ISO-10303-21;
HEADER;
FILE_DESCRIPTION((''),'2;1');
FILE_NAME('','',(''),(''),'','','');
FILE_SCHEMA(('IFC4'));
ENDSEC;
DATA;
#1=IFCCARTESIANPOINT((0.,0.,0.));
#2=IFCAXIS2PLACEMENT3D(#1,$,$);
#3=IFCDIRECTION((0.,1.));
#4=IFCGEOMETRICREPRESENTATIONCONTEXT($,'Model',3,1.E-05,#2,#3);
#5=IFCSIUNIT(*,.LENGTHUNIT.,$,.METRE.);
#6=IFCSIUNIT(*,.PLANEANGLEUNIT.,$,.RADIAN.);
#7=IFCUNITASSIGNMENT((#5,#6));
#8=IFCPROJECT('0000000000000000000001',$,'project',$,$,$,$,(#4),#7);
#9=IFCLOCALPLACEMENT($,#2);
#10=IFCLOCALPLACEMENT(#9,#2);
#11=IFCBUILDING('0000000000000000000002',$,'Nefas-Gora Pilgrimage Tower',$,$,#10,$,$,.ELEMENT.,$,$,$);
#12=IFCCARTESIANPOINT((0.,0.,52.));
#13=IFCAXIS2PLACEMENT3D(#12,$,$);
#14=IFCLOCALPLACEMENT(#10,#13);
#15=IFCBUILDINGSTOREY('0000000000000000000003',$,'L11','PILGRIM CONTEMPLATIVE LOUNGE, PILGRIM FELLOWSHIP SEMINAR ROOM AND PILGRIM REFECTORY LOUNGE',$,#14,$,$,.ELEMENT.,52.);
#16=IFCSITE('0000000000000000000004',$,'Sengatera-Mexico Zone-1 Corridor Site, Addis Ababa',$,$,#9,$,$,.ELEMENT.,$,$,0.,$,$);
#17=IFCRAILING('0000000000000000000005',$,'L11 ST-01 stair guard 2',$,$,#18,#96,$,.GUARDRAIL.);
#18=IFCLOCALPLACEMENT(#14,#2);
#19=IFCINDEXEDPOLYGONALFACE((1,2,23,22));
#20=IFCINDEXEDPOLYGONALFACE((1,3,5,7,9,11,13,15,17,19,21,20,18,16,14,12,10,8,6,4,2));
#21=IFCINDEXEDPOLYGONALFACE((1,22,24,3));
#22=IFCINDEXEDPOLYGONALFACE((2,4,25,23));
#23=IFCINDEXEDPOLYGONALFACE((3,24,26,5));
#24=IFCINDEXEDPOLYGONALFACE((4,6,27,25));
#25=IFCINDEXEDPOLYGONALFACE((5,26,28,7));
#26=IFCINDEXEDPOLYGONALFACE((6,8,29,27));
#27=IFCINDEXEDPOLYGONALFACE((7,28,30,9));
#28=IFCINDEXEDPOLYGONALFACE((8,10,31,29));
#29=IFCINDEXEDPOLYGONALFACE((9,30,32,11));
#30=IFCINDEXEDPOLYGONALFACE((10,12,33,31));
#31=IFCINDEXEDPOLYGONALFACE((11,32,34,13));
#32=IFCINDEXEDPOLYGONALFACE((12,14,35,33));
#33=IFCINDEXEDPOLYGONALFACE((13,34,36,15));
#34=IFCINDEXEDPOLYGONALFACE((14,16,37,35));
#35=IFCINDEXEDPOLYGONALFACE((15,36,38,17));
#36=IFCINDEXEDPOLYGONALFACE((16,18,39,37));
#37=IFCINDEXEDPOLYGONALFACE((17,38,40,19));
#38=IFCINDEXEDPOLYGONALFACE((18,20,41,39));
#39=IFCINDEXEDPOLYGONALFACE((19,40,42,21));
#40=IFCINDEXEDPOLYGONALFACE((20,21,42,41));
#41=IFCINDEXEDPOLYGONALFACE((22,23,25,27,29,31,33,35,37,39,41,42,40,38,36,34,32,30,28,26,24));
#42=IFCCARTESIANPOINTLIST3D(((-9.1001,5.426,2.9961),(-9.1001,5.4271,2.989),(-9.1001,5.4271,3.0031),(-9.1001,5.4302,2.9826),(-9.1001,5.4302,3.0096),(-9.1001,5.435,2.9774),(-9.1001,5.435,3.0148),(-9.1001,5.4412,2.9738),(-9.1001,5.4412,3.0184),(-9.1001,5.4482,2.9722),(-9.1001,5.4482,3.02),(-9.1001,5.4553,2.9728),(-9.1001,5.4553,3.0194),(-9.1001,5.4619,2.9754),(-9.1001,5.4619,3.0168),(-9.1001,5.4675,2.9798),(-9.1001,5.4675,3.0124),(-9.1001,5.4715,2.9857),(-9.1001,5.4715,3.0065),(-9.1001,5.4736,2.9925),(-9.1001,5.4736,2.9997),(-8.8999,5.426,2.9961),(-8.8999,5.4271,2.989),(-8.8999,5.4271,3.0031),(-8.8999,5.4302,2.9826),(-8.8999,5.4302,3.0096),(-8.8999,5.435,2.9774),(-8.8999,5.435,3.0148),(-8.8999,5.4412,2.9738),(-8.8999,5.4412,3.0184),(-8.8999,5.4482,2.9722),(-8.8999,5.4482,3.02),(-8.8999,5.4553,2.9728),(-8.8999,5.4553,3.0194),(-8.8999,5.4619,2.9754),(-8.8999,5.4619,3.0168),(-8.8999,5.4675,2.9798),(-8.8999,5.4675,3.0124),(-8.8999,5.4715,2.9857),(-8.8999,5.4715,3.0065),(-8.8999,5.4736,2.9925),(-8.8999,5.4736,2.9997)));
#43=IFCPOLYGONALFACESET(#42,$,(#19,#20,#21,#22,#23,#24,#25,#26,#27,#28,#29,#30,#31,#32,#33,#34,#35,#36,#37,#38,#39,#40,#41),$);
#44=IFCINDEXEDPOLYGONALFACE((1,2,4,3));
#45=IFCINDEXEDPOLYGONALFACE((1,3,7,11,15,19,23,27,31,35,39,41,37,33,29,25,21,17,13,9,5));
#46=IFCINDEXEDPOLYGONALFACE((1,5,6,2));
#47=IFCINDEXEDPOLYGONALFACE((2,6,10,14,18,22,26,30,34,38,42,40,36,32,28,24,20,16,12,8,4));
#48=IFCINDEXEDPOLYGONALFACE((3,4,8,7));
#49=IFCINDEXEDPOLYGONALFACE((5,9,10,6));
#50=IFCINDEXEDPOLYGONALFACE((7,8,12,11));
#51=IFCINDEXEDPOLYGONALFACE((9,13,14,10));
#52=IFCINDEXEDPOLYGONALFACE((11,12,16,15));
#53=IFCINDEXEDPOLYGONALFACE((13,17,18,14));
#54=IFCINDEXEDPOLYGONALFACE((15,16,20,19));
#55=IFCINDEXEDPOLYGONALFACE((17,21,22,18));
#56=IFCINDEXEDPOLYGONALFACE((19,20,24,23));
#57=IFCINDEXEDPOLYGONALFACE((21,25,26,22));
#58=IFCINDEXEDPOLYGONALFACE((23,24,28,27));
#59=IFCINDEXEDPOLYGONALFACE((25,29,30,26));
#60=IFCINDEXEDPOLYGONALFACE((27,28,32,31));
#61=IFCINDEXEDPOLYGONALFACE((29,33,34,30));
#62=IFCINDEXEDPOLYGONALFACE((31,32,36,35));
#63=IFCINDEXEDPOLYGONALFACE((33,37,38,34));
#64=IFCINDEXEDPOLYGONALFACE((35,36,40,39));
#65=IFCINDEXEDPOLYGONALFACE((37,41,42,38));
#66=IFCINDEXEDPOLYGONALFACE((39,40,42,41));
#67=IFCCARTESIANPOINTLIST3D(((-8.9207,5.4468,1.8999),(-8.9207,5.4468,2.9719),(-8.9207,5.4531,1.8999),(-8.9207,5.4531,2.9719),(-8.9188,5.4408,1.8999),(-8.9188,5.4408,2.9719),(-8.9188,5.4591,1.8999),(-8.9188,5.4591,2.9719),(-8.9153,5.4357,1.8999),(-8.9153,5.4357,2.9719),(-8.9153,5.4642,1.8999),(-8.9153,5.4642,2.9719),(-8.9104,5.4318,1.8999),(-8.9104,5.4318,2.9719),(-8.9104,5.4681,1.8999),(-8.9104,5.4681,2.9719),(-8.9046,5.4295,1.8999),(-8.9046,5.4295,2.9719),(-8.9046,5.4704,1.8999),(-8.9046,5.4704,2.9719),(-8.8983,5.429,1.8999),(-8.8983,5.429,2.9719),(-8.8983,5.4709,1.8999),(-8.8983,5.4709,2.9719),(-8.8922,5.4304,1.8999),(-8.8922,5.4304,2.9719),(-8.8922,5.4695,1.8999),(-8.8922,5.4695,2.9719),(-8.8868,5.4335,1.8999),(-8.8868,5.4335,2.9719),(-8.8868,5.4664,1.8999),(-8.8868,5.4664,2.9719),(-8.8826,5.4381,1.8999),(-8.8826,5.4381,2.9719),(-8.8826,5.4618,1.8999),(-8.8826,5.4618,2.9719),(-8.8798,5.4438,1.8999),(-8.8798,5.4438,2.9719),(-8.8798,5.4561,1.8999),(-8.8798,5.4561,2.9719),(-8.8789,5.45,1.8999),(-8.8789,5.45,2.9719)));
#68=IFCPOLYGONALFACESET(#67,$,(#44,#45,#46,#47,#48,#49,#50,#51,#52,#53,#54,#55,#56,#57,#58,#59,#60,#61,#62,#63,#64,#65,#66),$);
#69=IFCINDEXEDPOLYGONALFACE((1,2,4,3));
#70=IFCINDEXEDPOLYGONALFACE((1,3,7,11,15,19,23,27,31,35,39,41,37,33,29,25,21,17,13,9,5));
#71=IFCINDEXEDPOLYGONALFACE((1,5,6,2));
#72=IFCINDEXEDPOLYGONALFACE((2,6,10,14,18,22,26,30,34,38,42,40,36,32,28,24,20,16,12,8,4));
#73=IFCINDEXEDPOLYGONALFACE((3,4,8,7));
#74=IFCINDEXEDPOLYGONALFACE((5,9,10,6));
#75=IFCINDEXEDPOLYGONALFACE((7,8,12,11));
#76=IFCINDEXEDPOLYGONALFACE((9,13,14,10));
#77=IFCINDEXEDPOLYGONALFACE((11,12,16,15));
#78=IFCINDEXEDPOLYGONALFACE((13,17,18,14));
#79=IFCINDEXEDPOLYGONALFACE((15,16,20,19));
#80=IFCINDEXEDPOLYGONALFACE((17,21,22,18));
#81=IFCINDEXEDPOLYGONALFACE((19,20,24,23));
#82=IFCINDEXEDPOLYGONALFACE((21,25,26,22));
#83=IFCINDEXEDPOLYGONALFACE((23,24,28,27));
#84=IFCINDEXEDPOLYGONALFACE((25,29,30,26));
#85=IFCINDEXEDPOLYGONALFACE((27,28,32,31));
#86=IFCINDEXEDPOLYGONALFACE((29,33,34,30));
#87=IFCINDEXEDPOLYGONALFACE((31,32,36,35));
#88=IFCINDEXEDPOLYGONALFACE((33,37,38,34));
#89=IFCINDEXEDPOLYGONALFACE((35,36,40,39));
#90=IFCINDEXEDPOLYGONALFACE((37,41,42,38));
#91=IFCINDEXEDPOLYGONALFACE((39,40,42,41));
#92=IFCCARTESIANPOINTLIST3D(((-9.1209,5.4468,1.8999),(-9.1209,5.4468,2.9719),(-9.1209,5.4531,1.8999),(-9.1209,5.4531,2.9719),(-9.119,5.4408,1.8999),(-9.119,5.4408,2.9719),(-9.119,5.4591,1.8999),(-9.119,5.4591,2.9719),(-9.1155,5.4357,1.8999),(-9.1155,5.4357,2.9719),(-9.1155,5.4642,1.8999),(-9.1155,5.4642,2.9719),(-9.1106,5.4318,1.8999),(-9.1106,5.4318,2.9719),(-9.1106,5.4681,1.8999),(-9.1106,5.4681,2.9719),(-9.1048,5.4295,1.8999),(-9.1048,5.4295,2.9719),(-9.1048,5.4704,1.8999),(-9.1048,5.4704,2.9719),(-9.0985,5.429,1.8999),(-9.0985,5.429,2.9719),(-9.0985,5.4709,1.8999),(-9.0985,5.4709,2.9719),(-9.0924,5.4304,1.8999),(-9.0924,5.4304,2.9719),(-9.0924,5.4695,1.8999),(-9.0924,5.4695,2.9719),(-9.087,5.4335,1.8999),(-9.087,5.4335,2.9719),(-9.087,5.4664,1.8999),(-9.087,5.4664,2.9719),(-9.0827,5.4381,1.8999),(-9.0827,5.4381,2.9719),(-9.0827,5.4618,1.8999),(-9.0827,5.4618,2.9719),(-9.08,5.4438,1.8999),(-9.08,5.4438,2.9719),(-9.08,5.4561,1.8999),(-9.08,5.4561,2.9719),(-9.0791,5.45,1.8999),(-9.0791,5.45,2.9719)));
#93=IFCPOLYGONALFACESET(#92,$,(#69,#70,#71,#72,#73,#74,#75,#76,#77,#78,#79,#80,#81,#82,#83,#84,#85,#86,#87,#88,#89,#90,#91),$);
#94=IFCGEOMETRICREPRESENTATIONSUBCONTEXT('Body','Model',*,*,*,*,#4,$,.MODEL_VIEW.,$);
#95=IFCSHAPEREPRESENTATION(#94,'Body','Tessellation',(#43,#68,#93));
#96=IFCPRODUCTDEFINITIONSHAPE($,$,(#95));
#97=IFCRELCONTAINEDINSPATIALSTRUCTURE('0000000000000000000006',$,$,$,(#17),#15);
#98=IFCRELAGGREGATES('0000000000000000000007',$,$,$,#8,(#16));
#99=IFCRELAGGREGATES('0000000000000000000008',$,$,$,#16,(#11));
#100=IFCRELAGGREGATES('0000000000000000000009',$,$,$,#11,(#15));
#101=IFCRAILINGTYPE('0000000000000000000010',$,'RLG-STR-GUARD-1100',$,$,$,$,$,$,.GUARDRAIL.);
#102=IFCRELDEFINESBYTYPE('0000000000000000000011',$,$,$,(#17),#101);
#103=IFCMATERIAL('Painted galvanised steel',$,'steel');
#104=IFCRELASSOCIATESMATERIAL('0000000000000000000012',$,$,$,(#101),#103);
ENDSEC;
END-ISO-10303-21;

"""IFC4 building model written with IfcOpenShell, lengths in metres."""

from ifc_helpers import new_model, si_unit, direction, frame, origin, origin_2d, place, context, subcontext, project, spatial, circle, extrude, material, type_object, element, save


model = new_model("IFC4")

# Units and contexts
model_context = context("Model", 3, precision=1e-05, world=origin(), true_north=direction((0.0, 1.0)))
body_context = subcontext(model_context, "Body", "Model", "MODEL_VIEW")
ifc_project = project(units=[si_unit("LENGTHUNIT", "METRE"), si_unit("PLANEANGLEUNIT", "RADIAN")], contexts=[model_context])

# Site, building, storey
site_placement = place(None, origin())
site = spatial("IfcSite", under=ifc_project, at=site_placement, Name="Sengatera-Mexico Zone-1 Corridor Site, Addis Ababa", CompositionType="ELEMENT", RefElevation=0.0)
building_placement = place(site_placement, origin())
building = spatial("IfcBuilding", under=site, at=building_placement, Name="Nefas-Gora Pilgrimage Tower", CompositionType="ELEMENT")
storey_placement = place(building_placement, frame((0.0, 0.0, 52.0)))
storey = spatial("IfcBuildingStorey", under=building, at=storey_placement, Name="L11", Description="PILGRIM CONTEMPLATIVE LOUNGE, PILGRIM FELLOWSHIP SEMINAR ROOM AND PILGRIM REFECTORY LOUNGE", CompositionType="ELEMENT", Elevation=52.0)

# Railing
ifc_material_1 = material(Name="Painted galvanised steel", Category="steel")
railing_type_1 = type_object("IfcRailingType", Name="RLG-STR-GUARD-1100", PredefinedType="GUARDRAIL", material=ifc_material_1)
railing_1_placement = place(storey_placement, frame((-8.8999, 5.45, 1.8999)))
element("IfcRailing", 1, at=railing_1_placement, inside=storey, type_object=railing_type_1, Name="L11 ST-01 stair guard 2", PredefinedType="GUARDRAIL", context=body_context, shape_type="SweptSolid", body=[
    extrude(circle(Radius=0.0239, at=origin_2d()), frame((0.0, 0.0, 1.0962), z_axis=(-1.0, 0.0, 0.0), x_axis=(0.0, -1.0, 0.0)), (0.0, 0.0, 1.0), 0.2002),
    extrude(circle(Radius=0.021, at=origin_2d()), origin(), (0.0, 0.0, 1.0), 1.072),
    extrude(circle(Radius=0.021, at=origin_2d()), frame((-0.2002, 0.0, 0.0)), (0.0, 0.0, 1.0), 1.072),
])

save(model, "model.ifc")
